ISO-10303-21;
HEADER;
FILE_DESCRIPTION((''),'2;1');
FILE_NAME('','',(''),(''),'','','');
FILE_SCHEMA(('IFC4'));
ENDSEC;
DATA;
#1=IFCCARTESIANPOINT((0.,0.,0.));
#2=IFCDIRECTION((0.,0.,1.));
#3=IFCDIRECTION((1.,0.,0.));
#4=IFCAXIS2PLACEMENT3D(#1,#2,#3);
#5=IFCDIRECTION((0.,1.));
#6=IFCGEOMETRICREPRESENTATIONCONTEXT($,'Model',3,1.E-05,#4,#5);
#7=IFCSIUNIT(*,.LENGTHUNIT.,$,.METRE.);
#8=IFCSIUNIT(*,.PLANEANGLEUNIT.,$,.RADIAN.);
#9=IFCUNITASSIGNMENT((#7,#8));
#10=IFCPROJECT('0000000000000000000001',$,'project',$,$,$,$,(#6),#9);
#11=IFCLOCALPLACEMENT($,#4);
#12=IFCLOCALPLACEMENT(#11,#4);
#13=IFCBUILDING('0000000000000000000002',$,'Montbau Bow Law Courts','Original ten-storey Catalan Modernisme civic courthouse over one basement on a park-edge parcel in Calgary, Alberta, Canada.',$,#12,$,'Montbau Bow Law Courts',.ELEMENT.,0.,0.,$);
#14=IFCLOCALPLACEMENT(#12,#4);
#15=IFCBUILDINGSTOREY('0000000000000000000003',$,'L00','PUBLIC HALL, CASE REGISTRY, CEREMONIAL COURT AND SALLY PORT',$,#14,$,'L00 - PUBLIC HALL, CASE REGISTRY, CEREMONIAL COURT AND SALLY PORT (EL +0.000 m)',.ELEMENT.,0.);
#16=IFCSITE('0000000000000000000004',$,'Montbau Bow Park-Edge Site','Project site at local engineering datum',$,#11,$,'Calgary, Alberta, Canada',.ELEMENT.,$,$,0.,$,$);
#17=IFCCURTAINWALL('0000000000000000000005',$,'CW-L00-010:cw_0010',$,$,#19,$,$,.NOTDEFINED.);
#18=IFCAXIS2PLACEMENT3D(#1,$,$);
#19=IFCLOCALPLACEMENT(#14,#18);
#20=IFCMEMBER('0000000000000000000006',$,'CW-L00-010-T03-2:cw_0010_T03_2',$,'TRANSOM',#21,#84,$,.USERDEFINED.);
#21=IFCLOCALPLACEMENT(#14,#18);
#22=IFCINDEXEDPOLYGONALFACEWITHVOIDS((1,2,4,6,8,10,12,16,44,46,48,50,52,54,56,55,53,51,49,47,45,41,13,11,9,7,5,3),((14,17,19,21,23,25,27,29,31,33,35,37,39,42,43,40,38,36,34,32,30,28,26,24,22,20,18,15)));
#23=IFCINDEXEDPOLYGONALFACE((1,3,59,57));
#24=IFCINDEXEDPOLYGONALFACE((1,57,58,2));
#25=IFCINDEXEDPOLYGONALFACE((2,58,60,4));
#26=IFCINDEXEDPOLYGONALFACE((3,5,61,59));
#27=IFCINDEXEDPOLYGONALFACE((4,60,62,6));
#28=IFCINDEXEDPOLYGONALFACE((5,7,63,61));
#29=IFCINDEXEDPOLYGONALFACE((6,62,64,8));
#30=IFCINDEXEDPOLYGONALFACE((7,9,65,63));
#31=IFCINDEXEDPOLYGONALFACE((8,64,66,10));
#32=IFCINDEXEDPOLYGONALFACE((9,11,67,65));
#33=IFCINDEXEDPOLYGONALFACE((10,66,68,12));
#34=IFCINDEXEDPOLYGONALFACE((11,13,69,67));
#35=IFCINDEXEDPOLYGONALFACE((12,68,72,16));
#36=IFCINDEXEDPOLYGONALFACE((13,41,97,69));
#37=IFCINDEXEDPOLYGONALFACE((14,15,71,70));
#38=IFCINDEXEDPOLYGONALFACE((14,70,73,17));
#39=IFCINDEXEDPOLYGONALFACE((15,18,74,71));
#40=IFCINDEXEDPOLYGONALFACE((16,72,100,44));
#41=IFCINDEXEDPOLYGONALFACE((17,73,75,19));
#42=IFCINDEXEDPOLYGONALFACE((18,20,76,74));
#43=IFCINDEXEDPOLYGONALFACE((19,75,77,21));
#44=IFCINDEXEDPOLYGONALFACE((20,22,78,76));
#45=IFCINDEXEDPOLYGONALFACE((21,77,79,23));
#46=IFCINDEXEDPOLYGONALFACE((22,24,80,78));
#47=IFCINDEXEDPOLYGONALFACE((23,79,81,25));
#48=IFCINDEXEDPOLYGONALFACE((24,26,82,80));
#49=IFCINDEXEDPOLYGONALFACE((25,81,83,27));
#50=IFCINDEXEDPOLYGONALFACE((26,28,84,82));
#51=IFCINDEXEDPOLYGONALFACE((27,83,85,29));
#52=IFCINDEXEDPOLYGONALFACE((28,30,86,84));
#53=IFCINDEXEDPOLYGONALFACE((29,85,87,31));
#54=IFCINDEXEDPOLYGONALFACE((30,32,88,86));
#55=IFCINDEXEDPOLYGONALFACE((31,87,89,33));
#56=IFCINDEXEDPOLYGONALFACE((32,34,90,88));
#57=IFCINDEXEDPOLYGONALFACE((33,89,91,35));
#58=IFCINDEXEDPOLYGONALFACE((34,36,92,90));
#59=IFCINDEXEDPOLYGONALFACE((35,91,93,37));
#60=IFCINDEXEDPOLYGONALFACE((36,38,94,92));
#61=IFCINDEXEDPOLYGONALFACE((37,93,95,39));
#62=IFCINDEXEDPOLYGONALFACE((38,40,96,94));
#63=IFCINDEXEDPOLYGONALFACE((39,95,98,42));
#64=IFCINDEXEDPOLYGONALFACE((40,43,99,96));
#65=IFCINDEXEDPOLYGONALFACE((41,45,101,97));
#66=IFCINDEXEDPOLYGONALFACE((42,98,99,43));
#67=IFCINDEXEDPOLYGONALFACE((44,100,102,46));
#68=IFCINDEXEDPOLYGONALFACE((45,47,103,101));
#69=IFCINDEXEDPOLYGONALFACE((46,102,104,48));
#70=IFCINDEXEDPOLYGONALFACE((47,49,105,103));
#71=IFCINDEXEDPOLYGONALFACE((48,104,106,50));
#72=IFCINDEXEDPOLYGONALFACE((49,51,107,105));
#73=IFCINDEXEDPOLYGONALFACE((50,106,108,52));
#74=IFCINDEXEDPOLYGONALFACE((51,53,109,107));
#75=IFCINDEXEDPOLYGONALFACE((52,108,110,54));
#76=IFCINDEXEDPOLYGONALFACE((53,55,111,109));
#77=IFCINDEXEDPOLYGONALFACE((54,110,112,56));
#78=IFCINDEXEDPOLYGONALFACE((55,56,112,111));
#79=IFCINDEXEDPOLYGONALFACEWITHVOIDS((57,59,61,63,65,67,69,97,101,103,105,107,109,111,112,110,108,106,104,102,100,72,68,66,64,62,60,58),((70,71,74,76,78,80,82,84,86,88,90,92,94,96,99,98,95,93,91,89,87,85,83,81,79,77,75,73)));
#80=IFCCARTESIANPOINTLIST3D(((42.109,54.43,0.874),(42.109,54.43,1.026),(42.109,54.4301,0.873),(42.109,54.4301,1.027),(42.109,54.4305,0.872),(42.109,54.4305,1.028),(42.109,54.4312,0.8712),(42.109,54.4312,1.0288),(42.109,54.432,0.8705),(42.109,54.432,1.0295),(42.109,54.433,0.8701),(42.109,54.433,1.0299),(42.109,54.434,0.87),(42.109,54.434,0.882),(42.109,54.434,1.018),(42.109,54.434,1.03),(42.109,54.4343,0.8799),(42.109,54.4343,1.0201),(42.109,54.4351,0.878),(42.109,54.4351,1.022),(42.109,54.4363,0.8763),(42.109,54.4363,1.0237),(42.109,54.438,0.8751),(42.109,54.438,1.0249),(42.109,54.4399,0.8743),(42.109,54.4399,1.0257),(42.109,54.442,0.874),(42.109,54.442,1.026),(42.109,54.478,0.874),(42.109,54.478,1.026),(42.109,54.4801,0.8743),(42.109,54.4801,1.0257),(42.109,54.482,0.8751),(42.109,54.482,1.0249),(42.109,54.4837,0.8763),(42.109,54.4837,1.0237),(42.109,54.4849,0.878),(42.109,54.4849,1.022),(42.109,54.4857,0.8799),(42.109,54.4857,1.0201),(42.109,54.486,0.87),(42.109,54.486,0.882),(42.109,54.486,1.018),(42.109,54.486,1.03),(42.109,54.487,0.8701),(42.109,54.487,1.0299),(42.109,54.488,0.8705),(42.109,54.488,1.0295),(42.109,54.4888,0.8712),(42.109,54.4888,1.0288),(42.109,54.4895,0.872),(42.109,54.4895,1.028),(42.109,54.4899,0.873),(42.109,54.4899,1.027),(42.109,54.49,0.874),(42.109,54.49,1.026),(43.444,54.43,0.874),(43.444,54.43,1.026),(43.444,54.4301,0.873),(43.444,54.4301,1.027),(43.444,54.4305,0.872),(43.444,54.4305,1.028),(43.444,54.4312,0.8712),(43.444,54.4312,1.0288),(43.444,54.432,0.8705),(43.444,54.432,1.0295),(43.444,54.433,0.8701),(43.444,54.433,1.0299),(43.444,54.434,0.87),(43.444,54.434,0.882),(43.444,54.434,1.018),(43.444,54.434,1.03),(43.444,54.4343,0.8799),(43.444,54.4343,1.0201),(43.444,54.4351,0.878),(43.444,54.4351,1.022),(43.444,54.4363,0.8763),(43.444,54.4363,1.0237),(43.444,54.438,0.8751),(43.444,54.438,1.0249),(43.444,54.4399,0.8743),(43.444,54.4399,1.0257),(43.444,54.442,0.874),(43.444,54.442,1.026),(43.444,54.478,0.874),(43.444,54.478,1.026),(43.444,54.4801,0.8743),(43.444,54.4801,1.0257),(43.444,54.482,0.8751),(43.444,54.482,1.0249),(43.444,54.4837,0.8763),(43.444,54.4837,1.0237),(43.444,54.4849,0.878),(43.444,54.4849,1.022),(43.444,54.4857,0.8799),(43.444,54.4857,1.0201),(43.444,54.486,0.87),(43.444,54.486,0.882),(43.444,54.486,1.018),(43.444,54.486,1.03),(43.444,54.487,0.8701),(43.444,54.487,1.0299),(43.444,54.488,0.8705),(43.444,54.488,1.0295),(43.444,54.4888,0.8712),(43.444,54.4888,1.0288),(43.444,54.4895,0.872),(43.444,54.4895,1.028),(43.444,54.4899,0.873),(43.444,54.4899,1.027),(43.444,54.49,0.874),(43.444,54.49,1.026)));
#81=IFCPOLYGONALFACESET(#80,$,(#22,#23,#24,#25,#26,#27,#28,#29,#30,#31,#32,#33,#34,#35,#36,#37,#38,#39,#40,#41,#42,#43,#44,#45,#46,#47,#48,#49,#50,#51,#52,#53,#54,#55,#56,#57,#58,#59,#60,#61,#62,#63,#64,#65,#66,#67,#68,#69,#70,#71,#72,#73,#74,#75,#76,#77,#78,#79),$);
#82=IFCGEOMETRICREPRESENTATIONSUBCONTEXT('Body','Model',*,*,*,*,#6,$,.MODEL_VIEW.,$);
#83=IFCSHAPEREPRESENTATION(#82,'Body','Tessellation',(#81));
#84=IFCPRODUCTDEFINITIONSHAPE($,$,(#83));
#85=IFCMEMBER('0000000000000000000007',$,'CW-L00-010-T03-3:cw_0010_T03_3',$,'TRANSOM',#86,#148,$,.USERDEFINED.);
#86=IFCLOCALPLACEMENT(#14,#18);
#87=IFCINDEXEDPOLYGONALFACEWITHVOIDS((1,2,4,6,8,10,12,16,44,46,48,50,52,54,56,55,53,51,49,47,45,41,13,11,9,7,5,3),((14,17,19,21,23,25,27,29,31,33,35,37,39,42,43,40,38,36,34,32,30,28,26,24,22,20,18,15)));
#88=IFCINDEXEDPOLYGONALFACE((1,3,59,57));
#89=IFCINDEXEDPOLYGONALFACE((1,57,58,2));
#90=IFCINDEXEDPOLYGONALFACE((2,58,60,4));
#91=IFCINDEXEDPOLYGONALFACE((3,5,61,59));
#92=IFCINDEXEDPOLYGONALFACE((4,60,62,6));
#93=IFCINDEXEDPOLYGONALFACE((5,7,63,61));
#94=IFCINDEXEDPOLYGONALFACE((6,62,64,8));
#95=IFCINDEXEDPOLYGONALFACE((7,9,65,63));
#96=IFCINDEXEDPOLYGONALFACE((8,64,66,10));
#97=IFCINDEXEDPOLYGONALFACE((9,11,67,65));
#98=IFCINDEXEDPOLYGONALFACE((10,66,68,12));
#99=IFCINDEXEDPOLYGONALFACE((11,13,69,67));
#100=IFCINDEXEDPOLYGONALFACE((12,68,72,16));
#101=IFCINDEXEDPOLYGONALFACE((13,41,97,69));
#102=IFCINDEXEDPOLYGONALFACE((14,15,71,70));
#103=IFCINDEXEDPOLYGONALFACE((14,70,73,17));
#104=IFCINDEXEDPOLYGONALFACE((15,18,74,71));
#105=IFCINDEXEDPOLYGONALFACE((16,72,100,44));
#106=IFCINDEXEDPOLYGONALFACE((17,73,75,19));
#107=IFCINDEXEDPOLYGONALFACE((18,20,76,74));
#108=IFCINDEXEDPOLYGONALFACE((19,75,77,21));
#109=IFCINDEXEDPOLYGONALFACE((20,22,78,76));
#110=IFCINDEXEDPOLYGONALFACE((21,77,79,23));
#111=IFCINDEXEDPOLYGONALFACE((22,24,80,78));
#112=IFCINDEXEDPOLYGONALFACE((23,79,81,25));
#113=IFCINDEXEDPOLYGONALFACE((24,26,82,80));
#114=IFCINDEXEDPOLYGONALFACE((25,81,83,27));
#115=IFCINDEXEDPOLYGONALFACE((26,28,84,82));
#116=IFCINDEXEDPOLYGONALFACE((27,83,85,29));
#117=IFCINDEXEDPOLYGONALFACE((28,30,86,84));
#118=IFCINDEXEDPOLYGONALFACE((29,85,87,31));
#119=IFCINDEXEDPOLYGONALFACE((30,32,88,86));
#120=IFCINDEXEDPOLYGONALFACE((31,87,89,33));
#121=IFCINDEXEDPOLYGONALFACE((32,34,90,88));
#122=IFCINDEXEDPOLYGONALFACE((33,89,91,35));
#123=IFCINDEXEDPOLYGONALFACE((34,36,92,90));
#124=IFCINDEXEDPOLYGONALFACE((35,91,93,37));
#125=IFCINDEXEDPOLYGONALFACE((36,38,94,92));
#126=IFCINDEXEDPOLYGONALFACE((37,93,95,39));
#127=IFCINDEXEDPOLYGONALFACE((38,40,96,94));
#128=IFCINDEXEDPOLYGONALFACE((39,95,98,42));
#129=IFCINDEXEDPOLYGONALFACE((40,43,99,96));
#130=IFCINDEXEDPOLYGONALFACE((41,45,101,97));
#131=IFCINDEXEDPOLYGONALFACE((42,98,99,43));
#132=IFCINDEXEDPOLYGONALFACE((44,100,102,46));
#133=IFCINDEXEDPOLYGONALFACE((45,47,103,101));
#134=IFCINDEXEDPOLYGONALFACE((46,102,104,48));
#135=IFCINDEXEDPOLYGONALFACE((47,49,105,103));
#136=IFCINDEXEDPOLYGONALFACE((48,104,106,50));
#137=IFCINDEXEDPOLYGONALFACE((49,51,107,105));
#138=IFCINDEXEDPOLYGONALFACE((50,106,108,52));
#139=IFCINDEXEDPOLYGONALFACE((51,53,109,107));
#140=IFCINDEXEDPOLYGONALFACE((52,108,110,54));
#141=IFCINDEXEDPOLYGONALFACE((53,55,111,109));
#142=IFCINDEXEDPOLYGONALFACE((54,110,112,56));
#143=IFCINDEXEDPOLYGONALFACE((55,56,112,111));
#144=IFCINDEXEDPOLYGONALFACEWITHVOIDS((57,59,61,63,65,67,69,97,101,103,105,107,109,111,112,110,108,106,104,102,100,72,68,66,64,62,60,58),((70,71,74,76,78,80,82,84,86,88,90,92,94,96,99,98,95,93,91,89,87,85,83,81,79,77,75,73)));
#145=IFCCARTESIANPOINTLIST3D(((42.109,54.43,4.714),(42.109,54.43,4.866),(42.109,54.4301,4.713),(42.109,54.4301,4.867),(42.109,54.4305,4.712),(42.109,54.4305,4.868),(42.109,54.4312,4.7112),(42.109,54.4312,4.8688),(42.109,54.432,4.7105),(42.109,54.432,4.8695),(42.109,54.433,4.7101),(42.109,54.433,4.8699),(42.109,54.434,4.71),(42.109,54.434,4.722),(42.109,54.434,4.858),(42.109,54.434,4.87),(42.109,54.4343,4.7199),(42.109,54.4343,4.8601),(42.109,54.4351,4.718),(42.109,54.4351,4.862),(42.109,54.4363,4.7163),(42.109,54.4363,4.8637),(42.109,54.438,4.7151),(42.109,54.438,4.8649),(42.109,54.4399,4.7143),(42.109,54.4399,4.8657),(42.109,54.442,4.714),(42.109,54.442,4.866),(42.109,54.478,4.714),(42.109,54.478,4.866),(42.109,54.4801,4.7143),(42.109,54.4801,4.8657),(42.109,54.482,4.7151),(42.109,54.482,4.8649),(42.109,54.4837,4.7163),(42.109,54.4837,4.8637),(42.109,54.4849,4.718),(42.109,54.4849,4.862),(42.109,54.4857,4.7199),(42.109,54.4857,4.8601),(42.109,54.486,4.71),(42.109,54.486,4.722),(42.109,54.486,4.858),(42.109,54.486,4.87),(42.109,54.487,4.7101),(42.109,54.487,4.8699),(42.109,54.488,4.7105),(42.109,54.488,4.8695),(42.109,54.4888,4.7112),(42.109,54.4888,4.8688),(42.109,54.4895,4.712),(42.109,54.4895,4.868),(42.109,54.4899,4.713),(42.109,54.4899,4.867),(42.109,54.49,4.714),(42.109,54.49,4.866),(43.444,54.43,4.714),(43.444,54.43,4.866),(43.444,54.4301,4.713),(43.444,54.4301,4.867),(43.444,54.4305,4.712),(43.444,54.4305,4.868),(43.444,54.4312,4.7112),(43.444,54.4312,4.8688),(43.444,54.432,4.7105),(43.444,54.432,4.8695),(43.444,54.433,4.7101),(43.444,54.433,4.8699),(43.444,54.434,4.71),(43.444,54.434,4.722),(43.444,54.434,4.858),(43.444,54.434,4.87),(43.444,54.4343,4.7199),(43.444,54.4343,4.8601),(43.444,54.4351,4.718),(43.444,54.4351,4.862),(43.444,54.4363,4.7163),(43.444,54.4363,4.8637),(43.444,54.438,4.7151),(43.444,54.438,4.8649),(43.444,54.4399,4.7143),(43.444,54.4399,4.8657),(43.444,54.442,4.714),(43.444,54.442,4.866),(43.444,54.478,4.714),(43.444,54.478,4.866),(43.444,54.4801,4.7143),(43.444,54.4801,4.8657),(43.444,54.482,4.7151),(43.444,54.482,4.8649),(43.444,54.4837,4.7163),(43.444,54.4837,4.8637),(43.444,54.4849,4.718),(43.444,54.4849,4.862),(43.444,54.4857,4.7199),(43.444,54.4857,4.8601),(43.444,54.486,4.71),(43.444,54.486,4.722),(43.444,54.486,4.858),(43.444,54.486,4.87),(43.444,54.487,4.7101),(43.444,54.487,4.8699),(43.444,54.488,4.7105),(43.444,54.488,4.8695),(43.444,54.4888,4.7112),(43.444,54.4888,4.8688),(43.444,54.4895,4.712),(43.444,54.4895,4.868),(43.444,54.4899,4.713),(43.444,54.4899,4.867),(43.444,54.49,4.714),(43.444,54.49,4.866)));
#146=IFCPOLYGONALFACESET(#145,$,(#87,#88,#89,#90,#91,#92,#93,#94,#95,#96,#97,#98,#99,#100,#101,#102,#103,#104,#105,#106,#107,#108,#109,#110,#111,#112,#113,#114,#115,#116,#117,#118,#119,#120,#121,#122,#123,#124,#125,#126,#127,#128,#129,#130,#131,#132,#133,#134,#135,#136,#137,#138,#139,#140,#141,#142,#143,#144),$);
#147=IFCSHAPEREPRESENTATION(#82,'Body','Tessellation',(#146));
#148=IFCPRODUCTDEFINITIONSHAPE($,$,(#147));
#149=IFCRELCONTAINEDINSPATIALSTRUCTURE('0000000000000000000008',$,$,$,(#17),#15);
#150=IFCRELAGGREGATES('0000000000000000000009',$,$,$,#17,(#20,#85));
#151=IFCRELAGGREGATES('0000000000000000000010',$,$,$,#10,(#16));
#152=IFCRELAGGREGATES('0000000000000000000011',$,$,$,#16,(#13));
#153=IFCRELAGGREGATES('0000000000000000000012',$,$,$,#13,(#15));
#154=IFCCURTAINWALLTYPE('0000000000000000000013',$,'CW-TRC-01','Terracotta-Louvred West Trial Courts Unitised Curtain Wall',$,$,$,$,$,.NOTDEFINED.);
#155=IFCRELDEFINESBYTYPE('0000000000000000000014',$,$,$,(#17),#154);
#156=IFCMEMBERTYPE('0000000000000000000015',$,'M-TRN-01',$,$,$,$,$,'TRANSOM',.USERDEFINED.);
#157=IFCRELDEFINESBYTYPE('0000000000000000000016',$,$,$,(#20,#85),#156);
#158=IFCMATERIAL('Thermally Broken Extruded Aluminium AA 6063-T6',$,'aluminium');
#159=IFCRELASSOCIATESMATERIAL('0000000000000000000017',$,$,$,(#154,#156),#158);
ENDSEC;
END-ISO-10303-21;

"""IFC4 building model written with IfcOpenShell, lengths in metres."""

from ifc_helpers import new_model, si_unit, direction, frame, origin_with_axes, origin_2d_with_axis, place, context, subcontext, project, spatial, hollow_rectangle, extrude, material, material_profile, profile_set, type_object, element, aggregate, save


model = new_model("IFC4")

# Units and contexts
model_context = context("Model", 3, precision=1e-05, world=origin_with_axes(), true_north=direction((0.0, 1.0)))
body_context = subcontext(model_context, "Body", "Model", "MODEL_VIEW")
ifc_project = project(units=[si_unit("LENGTHUNIT", "METRE"), si_unit("PLANEANGLEUNIT", "RADIAN")], contexts=[model_context])

# Site, building, storey
site_placement = place(None, origin_with_axes())
site = spatial("IfcSite", under=ifc_project, at=site_placement, Name="Montbau Bow Park-Edge Site", Description="Project site at local engineering datum", LongName="Calgary, Alberta, Canada", CompositionType="ELEMENT", RefElevation=0.0)
building_placement = place(site_placement, origin_with_axes())
building = spatial("IfcBuilding", under=site, at=building_placement, Name="Montbau Bow Law Courts", Description="Original ten-storey Catalan Modernisme civic courthouse over one basement on a park-edge parcel in Calgary, Alberta, Canada.", LongName="Montbau Bow Law Courts", CompositionType="ELEMENT", ElevationOfRefHeight=0.0, ElevationOfTerrain=0.0)
storey_placement = place(building_placement, origin_with_axes())
storey = spatial("IfcBuildingStorey", under=building, at=storey_placement, Name="L00", Description="PUBLIC HALL, CASE REGISTRY, CEREMONIAL COURT AND SALLY PORT", LongName="L00 - PUBLIC HALL, CASE REGISTRY, CEREMONIAL COURT AND SALLY PORT (EL +0.000 m)", CompositionType="ELEMENT", Elevation=0.0)

# Curtain wall, members
ifc_material_1 = material(Name="Thermally Broken Extruded Aluminium AA 6063-T6", Category="aluminium")
curtain_wall_type = type_object("IfcCurtainWallType", Name="CW-TRC-01", Description="Terracotta-Louvred West Trial Courts Unitised Curtain Wall", PredefinedType="NOTDEFINED", material=ifc_material_1)
curtain_wall_1_placement = place(None, frame((39.268, 54.46, 0.0), z_axis=(0.0, 0.0, 1.0), x_axis=(1.0, 0.0, 0.0)))
curtain_wall_1 = element("IfcCurtainWall", 1, at=curtain_wall_1_placement, inside=storey, type_object=curtain_wall_type, Name="CW-L00-010:cw_0010", PredefinedType="NOTDEFINED")
ifc_material_profile_1 = material_profile(ifc_material_1, hollow_rectangle(XDim=0.06, YDim=0.16, WallThickness=0.004, InnerFilletRadius=0.008, OuterFilletRadius=0.004, at=origin_2d_with_axis()), Name="CWT-160X60", Category="Main", Priority=0)
ifc_profile_set_1 = profile_set([ifc_material_profile_1], Name="Thermally Broken Extruded Aluminium AA 6063-T6")
member_type_1 = type_object("IfcMemberType", Name="M-TRN-01", ElementType="TRANSOM", PredefinedType="USERDEFINED", material=ifc_profile_set_1)
member_1_placement = place(None, frame((42.109, 54.46, 0.95), z_axis=(1.0, 0.0, 0.0), x_axis=(0.0, 1.0, 0.0)))
member_1 = element("IfcMember", 2, at=member_1_placement, type_object=member_type_1, Name="CW-L00-010-T03-2:cw_0010_T03_2", ObjectType="TRANSOM", PredefinedType="USERDEFINED", context=body_context, shape_type="SweptSolid", body=[
    extrude(hollow_rectangle(XDim=0.06, YDim=0.16, WallThickness=0.004, InnerFilletRadius=0.008, OuterFilletRadius=0.004, at=origin_2d_with_axis()), origin_with_axes(), (0.0, 0.0, 1.0), 1.335),
])
member_2_placement = place(None, frame((42.109, 54.46, 4.79), z_axis=(1.0, 0.0, 0.0), x_axis=(0.0, 1.0, 0.0)))
member_2 = element("IfcMember", 3, at=member_2_placement, type_object=member_type_1, Name="CW-L00-010-T03-3:cw_0010_T03_3", ObjectType="TRANSOM", PredefinedType="USERDEFINED", context=body_context, shape_type="SweptSolid", body=[
    extrude(hollow_rectangle(XDim=0.06, YDim=0.16, WallThickness=0.004, InnerFilletRadius=0.008, OuterFilletRadius=0.004, at=origin_2d_with_axis()), origin_with_axes(), (0.0, 0.0, 1.0), 1.335),
])

aggregate(curtain_wall_1, [member_1, member_2])

save(model, "model.ifc")
